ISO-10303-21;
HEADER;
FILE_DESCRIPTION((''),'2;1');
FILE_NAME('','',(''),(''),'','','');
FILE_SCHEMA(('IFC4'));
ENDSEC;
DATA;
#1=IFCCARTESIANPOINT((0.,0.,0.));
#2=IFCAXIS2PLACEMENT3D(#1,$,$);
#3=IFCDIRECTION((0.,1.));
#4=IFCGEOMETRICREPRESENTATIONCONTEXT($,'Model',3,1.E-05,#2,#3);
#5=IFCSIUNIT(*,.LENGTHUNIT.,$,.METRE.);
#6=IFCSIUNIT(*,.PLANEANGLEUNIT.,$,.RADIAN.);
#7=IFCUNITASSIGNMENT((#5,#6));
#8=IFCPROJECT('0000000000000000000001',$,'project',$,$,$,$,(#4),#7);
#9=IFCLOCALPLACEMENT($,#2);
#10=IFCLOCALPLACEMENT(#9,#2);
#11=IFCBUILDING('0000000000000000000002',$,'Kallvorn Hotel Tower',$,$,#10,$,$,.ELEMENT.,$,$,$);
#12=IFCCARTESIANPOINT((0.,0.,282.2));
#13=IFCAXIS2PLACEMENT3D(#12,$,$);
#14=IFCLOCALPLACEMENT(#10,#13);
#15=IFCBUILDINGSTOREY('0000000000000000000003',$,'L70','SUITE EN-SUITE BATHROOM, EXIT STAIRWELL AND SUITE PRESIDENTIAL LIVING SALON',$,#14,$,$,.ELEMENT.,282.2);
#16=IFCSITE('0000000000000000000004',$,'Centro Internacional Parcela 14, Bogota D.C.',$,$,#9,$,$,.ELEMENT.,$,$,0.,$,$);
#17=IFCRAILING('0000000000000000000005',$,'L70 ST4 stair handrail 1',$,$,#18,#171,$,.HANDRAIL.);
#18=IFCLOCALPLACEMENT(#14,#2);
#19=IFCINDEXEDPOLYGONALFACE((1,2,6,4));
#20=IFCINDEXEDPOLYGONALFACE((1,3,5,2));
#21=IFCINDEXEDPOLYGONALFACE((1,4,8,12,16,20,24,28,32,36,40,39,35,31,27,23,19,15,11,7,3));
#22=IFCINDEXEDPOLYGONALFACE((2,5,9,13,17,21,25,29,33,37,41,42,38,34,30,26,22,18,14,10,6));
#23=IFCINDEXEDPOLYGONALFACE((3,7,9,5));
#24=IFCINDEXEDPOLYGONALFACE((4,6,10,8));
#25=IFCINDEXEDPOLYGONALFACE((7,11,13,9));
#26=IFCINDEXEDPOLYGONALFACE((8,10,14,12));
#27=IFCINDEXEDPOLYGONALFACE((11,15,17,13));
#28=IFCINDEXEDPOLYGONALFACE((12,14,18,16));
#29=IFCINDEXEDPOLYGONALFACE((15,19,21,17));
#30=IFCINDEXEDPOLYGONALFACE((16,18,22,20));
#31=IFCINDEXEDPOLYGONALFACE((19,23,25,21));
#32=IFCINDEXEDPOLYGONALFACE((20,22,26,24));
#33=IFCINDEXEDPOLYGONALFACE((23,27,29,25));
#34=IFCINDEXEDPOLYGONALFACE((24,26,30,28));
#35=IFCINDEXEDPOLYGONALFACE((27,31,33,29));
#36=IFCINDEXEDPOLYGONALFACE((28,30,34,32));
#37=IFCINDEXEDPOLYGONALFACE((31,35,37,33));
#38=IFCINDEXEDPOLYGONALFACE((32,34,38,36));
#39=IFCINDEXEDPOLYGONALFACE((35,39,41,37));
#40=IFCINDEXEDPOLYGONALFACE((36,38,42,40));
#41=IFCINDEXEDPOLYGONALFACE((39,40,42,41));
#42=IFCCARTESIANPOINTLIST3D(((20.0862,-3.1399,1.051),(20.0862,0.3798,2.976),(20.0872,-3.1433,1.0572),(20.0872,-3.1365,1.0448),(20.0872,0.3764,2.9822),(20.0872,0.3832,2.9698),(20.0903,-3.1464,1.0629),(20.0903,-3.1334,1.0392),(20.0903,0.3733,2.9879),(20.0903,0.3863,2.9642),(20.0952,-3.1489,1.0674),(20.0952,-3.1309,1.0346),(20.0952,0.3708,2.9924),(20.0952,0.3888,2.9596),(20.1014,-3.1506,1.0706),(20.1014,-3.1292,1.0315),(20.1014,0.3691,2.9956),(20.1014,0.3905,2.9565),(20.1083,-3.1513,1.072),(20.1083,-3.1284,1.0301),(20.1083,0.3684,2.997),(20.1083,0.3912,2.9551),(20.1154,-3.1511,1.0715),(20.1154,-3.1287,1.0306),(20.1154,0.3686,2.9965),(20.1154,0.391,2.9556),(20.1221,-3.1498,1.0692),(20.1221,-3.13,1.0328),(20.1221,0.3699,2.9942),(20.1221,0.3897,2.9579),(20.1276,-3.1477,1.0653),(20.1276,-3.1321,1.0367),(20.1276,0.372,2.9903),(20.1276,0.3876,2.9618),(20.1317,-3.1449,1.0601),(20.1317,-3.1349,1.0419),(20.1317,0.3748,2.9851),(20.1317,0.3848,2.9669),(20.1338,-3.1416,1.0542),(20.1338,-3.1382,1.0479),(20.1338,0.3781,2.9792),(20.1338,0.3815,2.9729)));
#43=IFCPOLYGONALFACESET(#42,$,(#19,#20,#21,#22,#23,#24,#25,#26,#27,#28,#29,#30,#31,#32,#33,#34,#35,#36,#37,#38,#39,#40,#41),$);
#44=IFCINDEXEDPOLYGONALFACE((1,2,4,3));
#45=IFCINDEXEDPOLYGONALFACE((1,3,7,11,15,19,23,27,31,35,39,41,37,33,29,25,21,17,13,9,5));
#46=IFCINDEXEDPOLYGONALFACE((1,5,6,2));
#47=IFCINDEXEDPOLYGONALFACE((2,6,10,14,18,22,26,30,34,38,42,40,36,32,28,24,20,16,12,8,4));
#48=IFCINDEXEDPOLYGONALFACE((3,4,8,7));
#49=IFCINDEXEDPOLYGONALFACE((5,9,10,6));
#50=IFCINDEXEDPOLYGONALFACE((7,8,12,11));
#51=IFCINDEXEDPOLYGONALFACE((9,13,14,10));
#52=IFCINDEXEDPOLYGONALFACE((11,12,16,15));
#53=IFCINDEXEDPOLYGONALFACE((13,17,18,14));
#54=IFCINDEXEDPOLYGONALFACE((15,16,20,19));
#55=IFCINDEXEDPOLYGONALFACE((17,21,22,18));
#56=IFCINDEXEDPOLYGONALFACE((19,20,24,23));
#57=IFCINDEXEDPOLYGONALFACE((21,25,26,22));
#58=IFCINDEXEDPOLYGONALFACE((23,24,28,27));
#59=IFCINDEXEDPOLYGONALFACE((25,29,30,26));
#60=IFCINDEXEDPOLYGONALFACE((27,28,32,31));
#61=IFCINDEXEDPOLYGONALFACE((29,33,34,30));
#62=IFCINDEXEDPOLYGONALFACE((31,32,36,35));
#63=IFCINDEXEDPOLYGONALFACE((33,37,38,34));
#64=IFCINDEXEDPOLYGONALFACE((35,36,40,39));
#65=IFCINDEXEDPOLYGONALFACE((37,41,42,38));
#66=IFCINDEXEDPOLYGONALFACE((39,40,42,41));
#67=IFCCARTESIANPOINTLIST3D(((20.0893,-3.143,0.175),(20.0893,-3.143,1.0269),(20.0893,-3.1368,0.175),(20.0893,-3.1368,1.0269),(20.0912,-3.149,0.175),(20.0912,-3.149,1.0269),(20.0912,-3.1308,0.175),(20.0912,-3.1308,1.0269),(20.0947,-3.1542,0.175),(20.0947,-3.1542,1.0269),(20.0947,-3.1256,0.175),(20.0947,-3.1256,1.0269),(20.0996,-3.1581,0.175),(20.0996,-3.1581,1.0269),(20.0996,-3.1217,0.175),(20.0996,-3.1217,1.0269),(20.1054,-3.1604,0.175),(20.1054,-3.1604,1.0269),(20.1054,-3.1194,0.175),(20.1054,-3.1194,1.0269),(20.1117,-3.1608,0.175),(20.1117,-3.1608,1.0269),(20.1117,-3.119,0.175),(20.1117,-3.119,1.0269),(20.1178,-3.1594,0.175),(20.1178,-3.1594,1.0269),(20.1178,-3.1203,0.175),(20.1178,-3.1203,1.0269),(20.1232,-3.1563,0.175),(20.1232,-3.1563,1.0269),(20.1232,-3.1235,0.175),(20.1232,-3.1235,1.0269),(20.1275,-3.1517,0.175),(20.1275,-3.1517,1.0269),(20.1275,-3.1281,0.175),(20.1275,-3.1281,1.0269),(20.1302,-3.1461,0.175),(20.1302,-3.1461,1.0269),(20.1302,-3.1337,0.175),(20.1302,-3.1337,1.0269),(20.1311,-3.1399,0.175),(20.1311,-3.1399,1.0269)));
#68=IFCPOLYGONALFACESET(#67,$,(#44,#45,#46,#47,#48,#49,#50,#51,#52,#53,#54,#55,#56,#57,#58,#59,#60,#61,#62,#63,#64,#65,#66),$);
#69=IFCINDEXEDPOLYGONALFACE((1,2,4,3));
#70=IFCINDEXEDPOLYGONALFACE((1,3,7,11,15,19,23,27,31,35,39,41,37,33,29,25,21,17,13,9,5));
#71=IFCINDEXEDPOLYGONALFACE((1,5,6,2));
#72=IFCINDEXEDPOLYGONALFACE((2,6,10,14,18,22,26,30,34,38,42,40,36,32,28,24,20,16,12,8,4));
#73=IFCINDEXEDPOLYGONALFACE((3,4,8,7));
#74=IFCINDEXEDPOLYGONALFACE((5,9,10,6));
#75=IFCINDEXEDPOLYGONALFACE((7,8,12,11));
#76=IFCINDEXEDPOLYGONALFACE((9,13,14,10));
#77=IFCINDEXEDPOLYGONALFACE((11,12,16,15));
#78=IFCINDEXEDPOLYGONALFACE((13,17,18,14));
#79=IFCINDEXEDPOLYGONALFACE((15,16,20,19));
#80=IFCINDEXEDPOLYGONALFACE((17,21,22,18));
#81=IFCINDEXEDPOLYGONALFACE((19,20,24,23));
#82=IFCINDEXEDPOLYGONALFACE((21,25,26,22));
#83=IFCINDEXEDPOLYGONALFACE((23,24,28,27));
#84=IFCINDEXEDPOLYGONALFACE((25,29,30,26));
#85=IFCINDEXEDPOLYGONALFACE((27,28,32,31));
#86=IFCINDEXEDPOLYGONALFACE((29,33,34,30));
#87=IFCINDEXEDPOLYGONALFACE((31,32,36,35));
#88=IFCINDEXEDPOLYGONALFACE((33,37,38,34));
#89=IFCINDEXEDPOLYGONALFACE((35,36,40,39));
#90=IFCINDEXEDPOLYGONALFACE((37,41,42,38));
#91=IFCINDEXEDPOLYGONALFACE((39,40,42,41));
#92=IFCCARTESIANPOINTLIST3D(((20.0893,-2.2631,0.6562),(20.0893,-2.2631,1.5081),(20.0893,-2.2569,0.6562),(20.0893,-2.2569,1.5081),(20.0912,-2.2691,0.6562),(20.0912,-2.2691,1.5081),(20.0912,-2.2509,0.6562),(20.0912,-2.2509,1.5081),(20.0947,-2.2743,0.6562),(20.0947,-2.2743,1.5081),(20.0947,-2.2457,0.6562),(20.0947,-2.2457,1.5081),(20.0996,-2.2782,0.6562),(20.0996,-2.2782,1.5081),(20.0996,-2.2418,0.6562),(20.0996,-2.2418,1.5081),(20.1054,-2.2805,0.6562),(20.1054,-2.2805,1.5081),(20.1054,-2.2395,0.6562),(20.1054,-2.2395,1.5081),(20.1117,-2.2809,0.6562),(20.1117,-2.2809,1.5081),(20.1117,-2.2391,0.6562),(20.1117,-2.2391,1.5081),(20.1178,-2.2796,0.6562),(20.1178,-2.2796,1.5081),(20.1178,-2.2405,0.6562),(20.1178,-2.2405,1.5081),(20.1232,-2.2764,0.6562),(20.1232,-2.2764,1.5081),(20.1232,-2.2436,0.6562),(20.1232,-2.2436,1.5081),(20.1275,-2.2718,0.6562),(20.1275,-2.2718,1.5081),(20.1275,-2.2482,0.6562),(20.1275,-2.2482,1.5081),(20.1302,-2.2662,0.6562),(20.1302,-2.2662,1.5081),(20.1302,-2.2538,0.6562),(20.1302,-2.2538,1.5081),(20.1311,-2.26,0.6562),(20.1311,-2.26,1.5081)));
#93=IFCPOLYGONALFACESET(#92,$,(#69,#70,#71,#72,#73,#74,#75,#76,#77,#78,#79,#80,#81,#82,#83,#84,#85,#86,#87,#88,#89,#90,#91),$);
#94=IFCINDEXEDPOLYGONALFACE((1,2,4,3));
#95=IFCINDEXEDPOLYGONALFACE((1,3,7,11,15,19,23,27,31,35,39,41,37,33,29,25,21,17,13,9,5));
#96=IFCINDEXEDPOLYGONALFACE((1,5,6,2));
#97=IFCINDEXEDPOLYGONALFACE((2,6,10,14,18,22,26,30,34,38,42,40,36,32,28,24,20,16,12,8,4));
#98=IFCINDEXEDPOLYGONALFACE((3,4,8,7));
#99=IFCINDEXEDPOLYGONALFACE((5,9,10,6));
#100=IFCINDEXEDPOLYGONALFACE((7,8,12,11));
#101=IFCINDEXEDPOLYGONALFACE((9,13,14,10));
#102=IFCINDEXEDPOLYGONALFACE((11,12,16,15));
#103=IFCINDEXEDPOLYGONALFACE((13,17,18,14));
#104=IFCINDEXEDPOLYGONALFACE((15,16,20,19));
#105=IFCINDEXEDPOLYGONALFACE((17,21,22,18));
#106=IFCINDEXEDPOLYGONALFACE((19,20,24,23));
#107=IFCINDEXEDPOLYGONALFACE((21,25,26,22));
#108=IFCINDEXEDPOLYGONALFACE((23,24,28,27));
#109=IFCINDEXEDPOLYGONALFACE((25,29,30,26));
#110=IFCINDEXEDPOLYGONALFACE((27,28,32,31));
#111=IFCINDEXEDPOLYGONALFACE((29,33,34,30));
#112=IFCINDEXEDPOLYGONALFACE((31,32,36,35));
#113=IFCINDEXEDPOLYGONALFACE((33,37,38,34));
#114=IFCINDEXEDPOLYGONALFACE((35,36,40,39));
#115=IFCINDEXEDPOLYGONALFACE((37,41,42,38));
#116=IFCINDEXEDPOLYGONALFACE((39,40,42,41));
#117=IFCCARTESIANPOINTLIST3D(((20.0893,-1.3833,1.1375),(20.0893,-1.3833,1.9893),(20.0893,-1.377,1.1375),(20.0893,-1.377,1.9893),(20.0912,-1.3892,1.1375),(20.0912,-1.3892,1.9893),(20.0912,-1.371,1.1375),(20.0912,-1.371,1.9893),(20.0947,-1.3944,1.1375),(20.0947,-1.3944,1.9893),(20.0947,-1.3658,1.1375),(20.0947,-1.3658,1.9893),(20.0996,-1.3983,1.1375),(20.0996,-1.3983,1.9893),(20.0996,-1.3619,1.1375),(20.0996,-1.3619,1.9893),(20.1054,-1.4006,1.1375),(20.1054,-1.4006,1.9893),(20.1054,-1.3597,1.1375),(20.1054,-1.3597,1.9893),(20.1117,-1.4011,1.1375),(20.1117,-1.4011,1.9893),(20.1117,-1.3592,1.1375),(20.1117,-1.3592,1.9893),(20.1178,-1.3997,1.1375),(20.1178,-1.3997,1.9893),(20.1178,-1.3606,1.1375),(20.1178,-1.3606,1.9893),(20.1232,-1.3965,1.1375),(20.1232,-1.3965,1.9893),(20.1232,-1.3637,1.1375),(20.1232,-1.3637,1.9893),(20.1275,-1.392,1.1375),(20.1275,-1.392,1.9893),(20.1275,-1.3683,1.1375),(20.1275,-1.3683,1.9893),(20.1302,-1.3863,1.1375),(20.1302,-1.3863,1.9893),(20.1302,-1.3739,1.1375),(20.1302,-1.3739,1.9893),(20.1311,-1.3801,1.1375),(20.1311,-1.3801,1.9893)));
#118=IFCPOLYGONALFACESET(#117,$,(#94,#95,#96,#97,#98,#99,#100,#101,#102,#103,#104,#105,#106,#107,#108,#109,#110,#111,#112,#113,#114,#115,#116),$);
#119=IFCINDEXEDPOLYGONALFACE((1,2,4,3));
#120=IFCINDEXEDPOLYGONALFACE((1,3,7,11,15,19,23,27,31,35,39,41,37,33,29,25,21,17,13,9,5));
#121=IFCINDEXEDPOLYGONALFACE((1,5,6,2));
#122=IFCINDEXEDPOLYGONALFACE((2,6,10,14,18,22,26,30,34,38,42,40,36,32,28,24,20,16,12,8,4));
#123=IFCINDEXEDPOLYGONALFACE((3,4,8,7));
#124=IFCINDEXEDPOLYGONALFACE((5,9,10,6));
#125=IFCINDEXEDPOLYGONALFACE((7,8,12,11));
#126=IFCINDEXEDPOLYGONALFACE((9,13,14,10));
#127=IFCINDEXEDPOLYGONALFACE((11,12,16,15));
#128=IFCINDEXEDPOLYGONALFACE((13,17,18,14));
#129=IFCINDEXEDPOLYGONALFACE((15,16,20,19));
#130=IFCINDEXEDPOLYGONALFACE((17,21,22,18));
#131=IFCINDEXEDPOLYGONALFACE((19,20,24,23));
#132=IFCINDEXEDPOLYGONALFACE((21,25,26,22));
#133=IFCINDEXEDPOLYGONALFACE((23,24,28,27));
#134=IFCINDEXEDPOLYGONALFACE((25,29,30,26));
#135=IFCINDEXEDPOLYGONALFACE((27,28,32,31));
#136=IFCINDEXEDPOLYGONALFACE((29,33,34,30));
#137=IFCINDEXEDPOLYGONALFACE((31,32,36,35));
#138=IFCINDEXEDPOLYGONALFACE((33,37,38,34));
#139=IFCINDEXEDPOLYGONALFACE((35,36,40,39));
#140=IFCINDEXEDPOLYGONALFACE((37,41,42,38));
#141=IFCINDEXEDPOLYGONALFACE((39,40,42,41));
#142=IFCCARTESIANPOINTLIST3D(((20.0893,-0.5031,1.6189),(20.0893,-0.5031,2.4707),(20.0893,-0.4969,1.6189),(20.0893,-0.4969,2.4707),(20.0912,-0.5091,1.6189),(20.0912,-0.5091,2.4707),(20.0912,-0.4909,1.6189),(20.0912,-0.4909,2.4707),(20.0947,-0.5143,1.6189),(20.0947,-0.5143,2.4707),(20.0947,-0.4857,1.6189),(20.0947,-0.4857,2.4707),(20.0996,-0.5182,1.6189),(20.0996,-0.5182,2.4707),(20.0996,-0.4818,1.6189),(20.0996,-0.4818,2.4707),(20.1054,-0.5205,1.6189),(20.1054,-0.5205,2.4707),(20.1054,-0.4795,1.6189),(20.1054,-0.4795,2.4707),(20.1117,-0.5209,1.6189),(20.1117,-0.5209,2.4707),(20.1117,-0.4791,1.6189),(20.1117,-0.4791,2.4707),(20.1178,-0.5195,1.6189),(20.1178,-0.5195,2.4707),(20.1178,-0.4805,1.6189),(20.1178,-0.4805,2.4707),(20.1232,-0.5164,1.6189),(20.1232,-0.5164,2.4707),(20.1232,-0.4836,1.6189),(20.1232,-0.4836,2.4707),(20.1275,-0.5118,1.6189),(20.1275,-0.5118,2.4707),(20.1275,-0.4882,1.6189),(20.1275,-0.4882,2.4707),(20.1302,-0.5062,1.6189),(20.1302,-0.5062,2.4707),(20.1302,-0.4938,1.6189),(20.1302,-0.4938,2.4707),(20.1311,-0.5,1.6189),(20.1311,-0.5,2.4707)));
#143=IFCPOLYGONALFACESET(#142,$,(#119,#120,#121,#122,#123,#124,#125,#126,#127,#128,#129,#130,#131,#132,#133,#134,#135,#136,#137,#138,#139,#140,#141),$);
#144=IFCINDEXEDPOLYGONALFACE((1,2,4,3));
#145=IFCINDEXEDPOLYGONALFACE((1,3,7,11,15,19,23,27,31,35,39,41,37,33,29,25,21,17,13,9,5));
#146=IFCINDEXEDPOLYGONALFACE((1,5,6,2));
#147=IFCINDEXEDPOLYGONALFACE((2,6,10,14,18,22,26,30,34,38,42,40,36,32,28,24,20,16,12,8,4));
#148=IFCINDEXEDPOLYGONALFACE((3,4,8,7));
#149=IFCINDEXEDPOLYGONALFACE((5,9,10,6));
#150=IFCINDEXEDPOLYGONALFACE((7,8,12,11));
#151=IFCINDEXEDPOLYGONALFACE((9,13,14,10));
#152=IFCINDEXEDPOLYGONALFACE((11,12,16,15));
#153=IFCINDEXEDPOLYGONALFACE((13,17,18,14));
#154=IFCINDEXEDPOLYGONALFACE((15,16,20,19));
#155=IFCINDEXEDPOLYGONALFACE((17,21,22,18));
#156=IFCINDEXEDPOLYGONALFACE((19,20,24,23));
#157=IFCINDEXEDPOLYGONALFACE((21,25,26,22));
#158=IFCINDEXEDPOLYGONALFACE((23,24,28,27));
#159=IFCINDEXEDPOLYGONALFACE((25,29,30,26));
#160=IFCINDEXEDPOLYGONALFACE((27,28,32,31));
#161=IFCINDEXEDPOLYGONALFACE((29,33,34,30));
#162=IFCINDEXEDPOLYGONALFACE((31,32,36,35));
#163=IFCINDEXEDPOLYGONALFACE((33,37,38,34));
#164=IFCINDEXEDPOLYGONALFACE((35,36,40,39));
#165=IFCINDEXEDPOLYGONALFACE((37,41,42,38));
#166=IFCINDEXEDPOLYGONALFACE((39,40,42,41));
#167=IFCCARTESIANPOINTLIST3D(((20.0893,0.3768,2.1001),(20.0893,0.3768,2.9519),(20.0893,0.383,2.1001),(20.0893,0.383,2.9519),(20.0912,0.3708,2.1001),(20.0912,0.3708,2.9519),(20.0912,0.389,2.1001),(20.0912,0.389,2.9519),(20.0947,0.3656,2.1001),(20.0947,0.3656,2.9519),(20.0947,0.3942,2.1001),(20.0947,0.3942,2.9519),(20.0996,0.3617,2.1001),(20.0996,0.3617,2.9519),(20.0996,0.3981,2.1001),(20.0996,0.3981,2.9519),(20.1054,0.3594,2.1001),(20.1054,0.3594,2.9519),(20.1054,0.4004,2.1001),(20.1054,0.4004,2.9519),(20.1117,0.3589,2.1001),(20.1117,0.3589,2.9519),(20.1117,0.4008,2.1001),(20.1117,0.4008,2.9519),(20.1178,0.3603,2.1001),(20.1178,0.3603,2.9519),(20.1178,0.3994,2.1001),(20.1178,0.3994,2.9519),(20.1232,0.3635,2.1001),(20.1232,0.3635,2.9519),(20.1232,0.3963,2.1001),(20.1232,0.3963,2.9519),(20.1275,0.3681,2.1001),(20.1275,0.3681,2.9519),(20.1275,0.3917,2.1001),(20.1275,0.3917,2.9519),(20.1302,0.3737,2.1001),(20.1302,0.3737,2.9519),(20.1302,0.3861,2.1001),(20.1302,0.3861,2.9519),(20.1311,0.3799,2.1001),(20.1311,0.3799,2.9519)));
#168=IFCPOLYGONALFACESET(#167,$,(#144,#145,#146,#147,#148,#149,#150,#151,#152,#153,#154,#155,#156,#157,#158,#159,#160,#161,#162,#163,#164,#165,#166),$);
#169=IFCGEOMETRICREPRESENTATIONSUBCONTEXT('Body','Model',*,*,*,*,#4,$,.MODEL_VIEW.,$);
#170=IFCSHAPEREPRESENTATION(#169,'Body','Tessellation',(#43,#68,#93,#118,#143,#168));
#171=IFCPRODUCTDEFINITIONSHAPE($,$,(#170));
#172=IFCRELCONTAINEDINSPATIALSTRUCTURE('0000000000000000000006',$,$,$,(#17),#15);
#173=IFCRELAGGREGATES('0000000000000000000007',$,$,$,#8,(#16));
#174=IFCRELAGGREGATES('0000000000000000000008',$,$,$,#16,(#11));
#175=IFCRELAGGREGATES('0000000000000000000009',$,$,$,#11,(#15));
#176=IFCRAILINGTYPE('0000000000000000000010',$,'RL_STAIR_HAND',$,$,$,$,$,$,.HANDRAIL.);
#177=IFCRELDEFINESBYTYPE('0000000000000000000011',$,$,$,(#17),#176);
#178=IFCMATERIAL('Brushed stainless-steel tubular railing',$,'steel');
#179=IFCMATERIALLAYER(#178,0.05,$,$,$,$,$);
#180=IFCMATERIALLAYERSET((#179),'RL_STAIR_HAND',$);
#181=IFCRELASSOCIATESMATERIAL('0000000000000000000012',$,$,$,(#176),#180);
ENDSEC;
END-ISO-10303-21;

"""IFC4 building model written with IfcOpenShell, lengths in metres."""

from ifc_helpers import new_model, si_unit, direction, frame, origin, origin_2d, place, context, subcontext, project, spatial, circle, extrude, material, layer, layer_set, type_object, element, save


model = new_model("IFC4")

# Units and contexts
model_context = context("Model", 3, precision=1e-05, world=origin(), true_north=direction((0.0, 1.0)))
body_context = subcontext(model_context, "Body", "Model", "MODEL_VIEW")
ifc_project = project(units=[si_unit("LENGTHUNIT", "METRE"), si_unit("PLANEANGLEUNIT", "RADIAN")], contexts=[model_context])

# Site, building, storey
site_placement = place(None, origin())
site = spatial("IfcSite", under=ifc_project, at=site_placement, Name="Centro Internacional Parcela 14, Bogota D.C.", CompositionType="ELEMENT", RefElevation=0.0)
building_placement = place(site_placement, origin())
building = spatial("IfcBuilding", under=site, at=building_placement, Name="Kallvorn Hotel Tower", CompositionType="ELEMENT")
storey_placement = place(building_placement, frame((0.0, 0.0, 282.2)))
storey = spatial("IfcBuildingStorey", under=building, at=storey_placement, Name="L70", Description="SUITE EN-SUITE BATHROOM, EXIT STAIRWELL AND SUITE PRESIDENTIAL LIVING SALON", CompositionType="ELEMENT", Elevation=282.2)

# Railing
ifc_material_1 = material(Name="Brushed stainless-steel tubular railing", Category="steel")
ifc_layer_1 = layer(ifc_material_1, 0.05)
ifc_layer_set_1 = layer_set([ifc_layer_1], Name="RL_STAIR_HAND")
railing_type_1 = type_object("IfcRailingType", Name="RL_STAIR_HAND", PredefinedType="HANDRAIL", material=ifc_layer_set_1)
railing_1_placement = place(storey_placement, frame((20.1101, -3.1399, 0.175)))
element("IfcRailing", 1, at=railing_1_placement, inside=storey, type_object=railing_type_1, Name="L70 ST4 stair handrail 1", PredefinedType="HANDRAIL", context=body_context, shape_type="SweptSolid", body=[
    extrude(circle(Radius=0.0239, at=origin_2d()), frame((0.0, 0.0, 0.876), z_axis=(0.0, 0.877353, 0.479845), x_axis=(-1.0, 0.0, 0.0)), (0.0, 0.0, 1.0), 4.0117),
    extrude(circle(Radius=0.021, at=origin_2d()), origin(), (0.0, 0.0, 1.0), 0.8518),
    extrude(circle(Radius=0.021, at=origin_2d()), frame((0.0, 0.8799, 0.4812)), (0.0, 0.0, 1.0), 0.8518),
    extrude(circle(Radius=0.021, at=origin_2d()), frame((0.0, 1.7598, 0.9624)), (0.0, 0.0, 1.0), 0.8518),
    extrude(circle(Radius=0.021, at=origin_2d()), frame((0.0, 2.6399, 1.4438)), (0.0, 0.0, 1.0), 0.8518),
    extrude(circle(Radius=0.021, at=origin_2d()), frame((0.0, 3.5198, 1.925)), (0.0, 0.0, 1.0), 0.8518),
])

save(model, "model.ifc")
